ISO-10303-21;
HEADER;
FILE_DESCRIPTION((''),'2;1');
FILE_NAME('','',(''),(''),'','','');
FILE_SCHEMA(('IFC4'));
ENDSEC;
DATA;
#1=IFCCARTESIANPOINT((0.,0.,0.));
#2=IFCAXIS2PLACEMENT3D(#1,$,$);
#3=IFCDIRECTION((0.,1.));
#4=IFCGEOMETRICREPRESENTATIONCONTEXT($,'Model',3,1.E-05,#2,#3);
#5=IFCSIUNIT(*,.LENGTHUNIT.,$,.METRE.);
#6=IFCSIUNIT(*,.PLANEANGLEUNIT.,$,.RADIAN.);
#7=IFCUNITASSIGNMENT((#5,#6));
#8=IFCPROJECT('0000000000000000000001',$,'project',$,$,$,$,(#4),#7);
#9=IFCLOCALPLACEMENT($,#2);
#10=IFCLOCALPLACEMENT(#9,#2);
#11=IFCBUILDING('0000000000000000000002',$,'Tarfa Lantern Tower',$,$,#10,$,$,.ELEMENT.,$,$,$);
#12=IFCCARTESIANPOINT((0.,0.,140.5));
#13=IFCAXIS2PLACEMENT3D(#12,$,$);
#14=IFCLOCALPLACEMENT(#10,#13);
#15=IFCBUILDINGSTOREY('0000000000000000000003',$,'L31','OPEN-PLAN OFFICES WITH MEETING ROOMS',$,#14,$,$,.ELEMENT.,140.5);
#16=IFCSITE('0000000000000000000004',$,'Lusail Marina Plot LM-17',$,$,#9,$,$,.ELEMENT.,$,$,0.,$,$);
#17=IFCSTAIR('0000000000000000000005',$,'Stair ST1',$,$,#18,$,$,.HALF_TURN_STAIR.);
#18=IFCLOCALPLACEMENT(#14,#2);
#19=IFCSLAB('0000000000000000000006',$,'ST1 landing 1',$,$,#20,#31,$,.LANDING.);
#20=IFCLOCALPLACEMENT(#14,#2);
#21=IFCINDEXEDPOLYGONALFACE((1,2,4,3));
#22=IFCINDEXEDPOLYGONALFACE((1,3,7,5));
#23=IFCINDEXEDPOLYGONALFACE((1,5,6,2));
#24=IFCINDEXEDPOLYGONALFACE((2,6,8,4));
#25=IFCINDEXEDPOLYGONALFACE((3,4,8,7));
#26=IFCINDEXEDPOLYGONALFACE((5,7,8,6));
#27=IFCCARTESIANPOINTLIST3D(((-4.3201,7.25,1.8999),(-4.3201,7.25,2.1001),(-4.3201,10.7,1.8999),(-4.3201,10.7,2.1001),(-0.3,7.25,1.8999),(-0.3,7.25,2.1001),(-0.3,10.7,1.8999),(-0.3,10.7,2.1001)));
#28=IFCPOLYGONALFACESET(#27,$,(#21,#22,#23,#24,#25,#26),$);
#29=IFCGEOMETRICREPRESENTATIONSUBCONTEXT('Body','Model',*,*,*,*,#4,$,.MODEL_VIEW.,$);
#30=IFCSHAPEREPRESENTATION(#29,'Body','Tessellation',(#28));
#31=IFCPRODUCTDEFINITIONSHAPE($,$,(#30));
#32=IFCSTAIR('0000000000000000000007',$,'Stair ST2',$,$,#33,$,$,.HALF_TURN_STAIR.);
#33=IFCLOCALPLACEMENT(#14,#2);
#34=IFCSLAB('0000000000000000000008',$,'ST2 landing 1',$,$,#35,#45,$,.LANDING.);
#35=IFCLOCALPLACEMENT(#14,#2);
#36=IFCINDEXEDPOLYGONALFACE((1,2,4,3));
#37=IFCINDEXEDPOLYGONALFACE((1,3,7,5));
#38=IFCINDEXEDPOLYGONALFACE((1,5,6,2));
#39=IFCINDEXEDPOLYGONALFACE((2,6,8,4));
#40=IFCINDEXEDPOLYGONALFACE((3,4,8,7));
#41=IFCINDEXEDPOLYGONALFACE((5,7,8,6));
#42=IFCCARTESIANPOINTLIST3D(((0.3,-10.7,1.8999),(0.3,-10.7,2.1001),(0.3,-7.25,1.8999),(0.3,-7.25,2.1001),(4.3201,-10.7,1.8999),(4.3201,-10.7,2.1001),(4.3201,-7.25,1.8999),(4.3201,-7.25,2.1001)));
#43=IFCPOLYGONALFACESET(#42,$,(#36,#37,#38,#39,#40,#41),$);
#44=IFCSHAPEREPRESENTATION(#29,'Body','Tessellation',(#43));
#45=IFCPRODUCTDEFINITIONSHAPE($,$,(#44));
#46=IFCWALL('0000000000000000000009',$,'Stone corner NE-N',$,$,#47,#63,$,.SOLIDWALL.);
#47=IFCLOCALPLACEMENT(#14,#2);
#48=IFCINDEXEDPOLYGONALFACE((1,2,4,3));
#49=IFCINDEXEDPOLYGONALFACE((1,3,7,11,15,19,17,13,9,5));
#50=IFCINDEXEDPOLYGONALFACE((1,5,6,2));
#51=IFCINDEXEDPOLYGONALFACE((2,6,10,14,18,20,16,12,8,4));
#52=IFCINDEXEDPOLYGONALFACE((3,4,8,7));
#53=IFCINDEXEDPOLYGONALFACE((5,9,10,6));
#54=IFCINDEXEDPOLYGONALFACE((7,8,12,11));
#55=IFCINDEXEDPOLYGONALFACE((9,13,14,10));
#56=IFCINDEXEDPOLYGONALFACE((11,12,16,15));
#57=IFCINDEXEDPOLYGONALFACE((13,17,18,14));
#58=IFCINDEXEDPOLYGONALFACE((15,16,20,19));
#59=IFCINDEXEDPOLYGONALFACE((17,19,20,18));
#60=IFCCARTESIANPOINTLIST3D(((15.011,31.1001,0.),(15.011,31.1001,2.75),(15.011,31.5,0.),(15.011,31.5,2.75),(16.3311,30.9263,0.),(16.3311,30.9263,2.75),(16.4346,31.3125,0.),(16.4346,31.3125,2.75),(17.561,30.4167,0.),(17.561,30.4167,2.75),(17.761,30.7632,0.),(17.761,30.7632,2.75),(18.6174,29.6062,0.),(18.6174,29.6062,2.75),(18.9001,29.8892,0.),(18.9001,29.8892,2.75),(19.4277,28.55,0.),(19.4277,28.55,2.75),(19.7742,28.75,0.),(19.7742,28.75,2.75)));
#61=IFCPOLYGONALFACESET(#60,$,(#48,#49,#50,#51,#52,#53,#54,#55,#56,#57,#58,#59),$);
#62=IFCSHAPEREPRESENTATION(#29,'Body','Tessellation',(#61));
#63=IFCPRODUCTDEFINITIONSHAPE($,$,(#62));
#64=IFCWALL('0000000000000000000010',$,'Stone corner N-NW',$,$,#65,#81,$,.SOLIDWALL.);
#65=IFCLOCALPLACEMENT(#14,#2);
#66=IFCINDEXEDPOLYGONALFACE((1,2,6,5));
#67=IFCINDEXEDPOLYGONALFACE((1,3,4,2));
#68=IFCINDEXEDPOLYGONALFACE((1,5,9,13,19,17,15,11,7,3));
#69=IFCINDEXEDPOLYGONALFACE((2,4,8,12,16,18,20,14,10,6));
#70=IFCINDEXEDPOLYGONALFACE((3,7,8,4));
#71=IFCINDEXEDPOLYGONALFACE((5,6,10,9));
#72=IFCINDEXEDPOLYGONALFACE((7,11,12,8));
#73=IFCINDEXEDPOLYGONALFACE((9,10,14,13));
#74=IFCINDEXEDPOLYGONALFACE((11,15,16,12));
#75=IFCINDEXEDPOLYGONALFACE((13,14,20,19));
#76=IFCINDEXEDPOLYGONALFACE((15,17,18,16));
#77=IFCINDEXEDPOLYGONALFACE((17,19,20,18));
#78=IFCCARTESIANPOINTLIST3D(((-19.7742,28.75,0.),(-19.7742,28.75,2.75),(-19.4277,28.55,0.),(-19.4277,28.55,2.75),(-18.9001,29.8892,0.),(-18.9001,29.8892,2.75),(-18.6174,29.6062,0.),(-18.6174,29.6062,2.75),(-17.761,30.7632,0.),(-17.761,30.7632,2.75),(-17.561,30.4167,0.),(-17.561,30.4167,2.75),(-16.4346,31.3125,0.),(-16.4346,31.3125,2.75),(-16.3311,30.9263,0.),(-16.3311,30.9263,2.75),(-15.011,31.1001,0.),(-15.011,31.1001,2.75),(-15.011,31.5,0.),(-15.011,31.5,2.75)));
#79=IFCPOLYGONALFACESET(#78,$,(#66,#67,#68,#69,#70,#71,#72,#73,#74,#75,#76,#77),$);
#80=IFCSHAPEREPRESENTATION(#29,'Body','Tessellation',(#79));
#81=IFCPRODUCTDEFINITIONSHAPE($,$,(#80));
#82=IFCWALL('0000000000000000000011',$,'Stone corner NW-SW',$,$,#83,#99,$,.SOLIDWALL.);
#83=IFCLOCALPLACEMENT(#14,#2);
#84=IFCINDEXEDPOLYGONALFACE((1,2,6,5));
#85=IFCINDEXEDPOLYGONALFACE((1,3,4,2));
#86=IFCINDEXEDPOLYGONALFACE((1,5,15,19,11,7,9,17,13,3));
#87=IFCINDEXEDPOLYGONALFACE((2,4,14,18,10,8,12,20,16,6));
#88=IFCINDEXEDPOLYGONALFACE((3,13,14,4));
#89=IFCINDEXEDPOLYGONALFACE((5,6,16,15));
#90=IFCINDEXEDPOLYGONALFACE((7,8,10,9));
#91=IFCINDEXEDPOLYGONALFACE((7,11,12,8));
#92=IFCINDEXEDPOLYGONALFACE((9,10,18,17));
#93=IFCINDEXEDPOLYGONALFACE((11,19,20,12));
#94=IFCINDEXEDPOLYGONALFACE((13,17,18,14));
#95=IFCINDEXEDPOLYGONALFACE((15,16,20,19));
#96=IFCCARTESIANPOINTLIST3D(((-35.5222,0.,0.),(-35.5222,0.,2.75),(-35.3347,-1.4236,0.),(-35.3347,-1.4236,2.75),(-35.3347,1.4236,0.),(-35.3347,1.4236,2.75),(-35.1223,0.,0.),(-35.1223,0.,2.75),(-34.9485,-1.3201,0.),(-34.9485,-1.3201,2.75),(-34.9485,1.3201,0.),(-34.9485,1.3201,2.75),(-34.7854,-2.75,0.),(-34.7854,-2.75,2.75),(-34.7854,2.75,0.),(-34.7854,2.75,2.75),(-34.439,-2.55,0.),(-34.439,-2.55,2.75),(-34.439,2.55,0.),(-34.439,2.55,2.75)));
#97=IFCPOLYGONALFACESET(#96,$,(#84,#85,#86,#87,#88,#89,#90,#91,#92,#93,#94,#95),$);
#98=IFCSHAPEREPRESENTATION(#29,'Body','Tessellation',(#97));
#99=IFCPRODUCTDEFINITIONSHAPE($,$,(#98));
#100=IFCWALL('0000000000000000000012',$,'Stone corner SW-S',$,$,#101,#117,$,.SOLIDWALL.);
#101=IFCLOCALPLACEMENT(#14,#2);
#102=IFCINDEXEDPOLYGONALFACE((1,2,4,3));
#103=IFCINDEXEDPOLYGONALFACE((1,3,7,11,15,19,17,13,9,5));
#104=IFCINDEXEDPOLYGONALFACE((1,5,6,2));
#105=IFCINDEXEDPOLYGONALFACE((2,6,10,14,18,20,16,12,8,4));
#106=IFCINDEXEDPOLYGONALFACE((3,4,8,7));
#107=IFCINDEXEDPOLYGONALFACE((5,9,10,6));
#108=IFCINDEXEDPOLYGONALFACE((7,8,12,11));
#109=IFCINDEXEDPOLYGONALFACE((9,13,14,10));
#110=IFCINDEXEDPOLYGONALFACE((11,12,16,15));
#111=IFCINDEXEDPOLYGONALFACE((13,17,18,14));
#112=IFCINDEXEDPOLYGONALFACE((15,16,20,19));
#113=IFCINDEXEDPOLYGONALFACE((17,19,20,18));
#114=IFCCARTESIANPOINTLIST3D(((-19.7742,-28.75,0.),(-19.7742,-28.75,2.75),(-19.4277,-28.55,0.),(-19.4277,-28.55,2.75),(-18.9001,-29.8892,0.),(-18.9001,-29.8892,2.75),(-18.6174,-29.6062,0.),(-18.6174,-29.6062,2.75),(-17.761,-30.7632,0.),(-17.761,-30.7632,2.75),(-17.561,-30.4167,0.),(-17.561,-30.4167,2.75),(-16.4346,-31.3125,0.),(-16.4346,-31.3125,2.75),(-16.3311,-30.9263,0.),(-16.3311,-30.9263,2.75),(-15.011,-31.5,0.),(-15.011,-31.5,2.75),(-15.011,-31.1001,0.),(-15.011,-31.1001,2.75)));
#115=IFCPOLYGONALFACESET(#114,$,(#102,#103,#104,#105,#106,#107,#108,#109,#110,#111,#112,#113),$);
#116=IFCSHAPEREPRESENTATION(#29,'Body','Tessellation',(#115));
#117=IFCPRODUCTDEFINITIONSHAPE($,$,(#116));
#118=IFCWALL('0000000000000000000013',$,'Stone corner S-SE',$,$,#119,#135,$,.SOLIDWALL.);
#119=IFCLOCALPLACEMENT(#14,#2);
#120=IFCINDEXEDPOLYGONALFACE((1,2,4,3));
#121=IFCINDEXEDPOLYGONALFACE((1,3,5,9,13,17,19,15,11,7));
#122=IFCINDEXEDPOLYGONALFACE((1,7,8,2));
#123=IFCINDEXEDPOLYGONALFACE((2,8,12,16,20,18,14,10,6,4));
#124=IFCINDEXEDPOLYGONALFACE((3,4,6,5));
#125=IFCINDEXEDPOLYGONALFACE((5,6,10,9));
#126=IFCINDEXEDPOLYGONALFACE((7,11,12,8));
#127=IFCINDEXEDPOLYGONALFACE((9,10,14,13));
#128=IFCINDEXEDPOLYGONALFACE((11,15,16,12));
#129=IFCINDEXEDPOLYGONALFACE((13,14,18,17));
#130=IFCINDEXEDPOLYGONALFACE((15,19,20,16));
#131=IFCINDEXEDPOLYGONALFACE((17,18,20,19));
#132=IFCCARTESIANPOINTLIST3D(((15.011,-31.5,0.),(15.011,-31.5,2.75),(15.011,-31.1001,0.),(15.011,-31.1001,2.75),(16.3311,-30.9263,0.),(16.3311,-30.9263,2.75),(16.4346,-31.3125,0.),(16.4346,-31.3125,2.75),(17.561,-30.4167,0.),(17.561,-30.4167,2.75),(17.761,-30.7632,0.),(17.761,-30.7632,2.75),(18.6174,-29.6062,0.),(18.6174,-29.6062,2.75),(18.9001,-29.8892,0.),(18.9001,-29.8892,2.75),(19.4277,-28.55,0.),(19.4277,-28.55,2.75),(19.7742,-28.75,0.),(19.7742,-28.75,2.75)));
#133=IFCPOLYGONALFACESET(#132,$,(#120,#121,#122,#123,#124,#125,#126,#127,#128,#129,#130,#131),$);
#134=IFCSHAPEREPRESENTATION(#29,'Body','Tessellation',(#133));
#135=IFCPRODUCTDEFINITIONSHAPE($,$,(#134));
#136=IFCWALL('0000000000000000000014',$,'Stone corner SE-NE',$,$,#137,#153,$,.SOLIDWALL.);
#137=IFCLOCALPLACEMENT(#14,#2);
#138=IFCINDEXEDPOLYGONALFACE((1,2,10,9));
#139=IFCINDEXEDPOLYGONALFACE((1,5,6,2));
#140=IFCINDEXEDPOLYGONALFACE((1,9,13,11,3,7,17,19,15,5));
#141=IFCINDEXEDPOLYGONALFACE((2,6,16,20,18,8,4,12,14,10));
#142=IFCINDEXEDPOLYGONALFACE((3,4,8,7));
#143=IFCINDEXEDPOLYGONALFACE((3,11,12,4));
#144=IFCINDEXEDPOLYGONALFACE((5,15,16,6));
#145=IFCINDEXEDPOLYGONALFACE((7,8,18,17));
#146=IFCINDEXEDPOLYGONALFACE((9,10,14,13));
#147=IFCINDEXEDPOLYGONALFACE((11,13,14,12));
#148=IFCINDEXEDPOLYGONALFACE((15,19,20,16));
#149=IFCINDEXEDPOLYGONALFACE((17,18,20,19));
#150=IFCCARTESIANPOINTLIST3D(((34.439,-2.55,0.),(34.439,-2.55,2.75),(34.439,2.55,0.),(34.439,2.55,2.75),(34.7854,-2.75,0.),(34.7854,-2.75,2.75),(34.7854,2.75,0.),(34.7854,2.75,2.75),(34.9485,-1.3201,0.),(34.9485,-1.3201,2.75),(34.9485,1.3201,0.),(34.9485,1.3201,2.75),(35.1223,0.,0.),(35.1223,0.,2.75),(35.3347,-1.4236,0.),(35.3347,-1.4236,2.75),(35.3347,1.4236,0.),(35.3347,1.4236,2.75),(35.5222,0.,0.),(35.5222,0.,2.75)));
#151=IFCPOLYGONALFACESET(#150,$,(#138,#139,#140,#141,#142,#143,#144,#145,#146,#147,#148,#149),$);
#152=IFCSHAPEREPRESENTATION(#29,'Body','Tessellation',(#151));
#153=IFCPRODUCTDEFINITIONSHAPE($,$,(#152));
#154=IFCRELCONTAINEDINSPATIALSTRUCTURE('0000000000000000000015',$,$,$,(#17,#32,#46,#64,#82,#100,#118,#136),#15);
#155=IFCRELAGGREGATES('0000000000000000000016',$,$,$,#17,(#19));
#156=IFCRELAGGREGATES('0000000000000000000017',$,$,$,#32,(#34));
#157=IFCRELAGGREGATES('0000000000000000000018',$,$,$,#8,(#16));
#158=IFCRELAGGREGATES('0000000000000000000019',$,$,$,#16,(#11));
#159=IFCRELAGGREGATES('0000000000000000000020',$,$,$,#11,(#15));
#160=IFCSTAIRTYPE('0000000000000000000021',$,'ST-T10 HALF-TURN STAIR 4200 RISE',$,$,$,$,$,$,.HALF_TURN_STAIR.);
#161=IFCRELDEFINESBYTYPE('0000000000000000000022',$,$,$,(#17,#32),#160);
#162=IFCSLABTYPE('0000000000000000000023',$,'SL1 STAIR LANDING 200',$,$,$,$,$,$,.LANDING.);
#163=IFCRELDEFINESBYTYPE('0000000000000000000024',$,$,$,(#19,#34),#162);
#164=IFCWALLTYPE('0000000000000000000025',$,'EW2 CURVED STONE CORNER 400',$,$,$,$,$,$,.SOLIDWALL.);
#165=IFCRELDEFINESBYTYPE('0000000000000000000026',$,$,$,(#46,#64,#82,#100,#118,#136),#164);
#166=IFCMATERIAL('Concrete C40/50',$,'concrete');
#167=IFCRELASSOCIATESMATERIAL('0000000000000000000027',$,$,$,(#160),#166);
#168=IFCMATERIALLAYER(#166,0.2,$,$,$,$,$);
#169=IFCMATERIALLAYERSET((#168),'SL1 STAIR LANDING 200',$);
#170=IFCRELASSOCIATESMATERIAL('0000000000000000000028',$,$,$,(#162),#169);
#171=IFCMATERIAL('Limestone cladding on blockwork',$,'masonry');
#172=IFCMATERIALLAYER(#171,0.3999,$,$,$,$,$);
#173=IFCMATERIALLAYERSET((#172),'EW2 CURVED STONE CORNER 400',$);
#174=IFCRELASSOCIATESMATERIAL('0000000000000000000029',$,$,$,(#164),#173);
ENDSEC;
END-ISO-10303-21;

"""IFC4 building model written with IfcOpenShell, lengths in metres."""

from ifc_helpers import new_model, si_unit, direction, frame, origin, place, context, subcontext, project, spatial, polyline, outline, extrude, material, layer, layer_set, type_object, element, aggregate, save


model = new_model("IFC4")

# Units and contexts
model_context = context("Model", 3, precision=1e-05, world=origin(), true_north=direction((0.0, 1.0)))
body_context = subcontext(model_context, "Body", "Model", "MODEL_VIEW")
ifc_project = project(units=[si_unit("LENGTHUNIT", "METRE"), si_unit("PLANEANGLEUNIT", "RADIAN")], contexts=[model_context])

# Site, building, storey
site_placement = place(None, origin())
site = spatial("IfcSite", under=ifc_project, at=site_placement, Name="Lusail Marina Plot LM-17", CompositionType="ELEMENT", RefElevation=0.0)
building_placement = place(site_placement, origin())
building = spatial("IfcBuilding", under=site, at=building_placement, Name="Tarfa Lantern Tower", CompositionType="ELEMENT")
storey_placement = place(building_placement, frame((0.0, 0.0, 140.5)))
storey = spatial("IfcBuildingStorey", under=building, at=storey_placement, Name="L31", Description="OPEN-PLAN OFFICES WITH MEETING ROOMS", CompositionType="ELEMENT", Elevation=140.5)

# Shared definitions
ifc_material_1 = material(Name="Concrete C40/50", Category="concrete")

# Stairs, slabs
stair_type = type_object("IfcStairType", Name="ST-T10 HALF-TURN STAIR 4200 RISE", PredefinedType="HALF_TURN_STAIR", material=ifc_material_1)
stair_1_placement = place(storey_placement, origin())
stair_1 = element("IfcStair", 1, at=stair_1_placement, inside=storey, type_object=stair_type, Name="Stair ST1", PredefinedType="HALF_TURN_STAIR")
ifc_layer_1 = layer(ifc_material_1, 0.2)
ifc_layer_set_1 = layer_set([ifc_layer_1], Name="SL1 STAIR LANDING 200")
slab_type_1 = type_object("IfcSlabType", Name="SL1 STAIR LANDING 200", PredefinedType="LANDING", material=ifc_layer_set_1)
slab_1_placement = place(storey_placement, frame((0.0, 0.0, 1.8999)))
slab_1 = element("IfcSlab", 2, at=slab_1_placement, type_object=slab_type_1, Name="ST1 landing 1", PredefinedType="LANDING", context=body_context, shape_type="SweptSolid", body=[
    extrude(outline(polyline([(-4.3201, 7.25), (-0.3, 7.25), (-0.3, 10.7), (-4.3201, 10.7), (-4.3201, 7.25)])), origin(), (0.0, 0.0, 1.0), 0.2002),
])
aggregate(stair_1, [slab_1])
stair_2_placement = place(storey_placement, origin())
stair_2 = element("IfcStair", 3, at=stair_2_placement, inside=storey, type_object=stair_type, Name="Stair ST2", PredefinedType="HALF_TURN_STAIR")
slab_2_placement = place(storey_placement, frame((0.0, 0.0, 1.8999)))
slab_2 = element("IfcSlab", 4, at=slab_2_placement, type_object=slab_type_1, Name="ST2 landing 1", PredefinedType="LANDING", context=body_context, shape_type="SweptSolid", body=[
    extrude(outline(polyline([(4.3201, -7.25), (0.3, -7.25), (0.3, -10.7), (4.3201, -10.7), (4.3201, -7.25)])), origin(), (0.0, 0.0, 1.0), 0.2002),
])
aggregate(stair_2, [slab_2])

# Walls
ifc_material_2 = material(Name="Limestone cladding on blockwork", Category="masonry")
ifc_layer_2 = layer(ifc_material_2, 0.3999)
ifc_layer_set_2 = layer_set([ifc_layer_2], Name="EW2 CURVED STONE CORNER 400")
wall_type_1 = type_object("IfcWallType", Name="EW2 CURVED STONE CORNER 400", PredefinedType="SOLIDWALL", material=ifc_layer_set_2)
wall_1_placement = place(storey_placement, origin())
element("IfcWall", 5, at=wall_1_placement, inside=storey, type_object=wall_type_1, Name="Stone corner NE-N", PredefinedType="SOLIDWALL", context=body_context, shape_type="SweptSolid", body=[
    extrude(outline(polyline([(19.7742, 28.75), (18.9001, 29.8892), (17.761, 30.7632), (16.4346, 31.3125), (15.011, 31.5), (15.011, 31.1001), (16.3311, 30.9263), (17.561, 30.4167), (18.6174, 29.6062), (19.4277, 28.55), (19.7742, 28.75)])), origin(), (0.0, 0.0, 1.0), 2.75),
])
wall_2_placement = place(storey_placement, origin())
element("IfcWall", 6, at=wall_2_placement, inside=storey, type_object=wall_type_1, Name="Stone corner N-NW", PredefinedType="SOLIDWALL", context=body_context, shape_type="SweptSolid", body=[
    extrude(outline(polyline([(-15.011, 31.5), (-16.4346, 31.3125), (-17.761, 30.7632), (-18.9001, 29.8892), (-19.7742, 28.75), (-19.4277, 28.55), (-18.6174, 29.6062), (-17.561, 30.4167), (-16.3311, 30.9263), (-15.011, 31.1001), (-15.011, 31.5)])), origin(), (0.0, 0.0, 1.0), 2.75),
])
wall_3_placement = place(storey_placement, origin())
element("IfcWall", 7, at=wall_3_placement, inside=storey, type_object=wall_type_1, Name="Stone corner NW-SW", PredefinedType="SOLIDWALL", context=body_context, shape_type="SweptSolid", body=[
    extrude(outline(polyline([(-34.7854, 2.75), (-35.3347, 1.4236), (-35.5222, 0.0), (-35.3347, -1.4236), (-34.7854, -2.75), (-34.439, -2.55), (-34.9485, -1.3201), (-35.1223, 0.0), (-34.9485, 1.3201), (-34.439, 2.55), (-34.7854, 2.75)])), origin(), (0.0, 0.0, 1.0), 2.75),
])
wall_4_placement = place(storey_placement, origin())
element("IfcWall", 8, at=wall_4_placement, inside=storey, type_object=wall_type_1, Name="Stone corner SW-S", PredefinedType="SOLIDWALL", context=body_context, shape_type="SweptSolid", body=[
    extrude(outline(polyline([(-19.7742, -28.75), (-18.9001, -29.8892), (-17.761, -30.7632), (-16.4346, -31.3125), (-15.011, -31.5), (-15.011, -31.1001), (-16.3311, -30.9263), (-17.561, -30.4167), (-18.6174, -29.6062), (-19.4277, -28.55), (-19.7742, -28.75)])), origin(), (0.0, 0.0, 1.0), 2.75),
])
wall_5_placement = place(storey_placement, origin())
element("IfcWall", 9, at=wall_5_placement, inside=storey, type_object=wall_type_1, Name="Stone corner S-SE", PredefinedType="SOLIDWALL", context=body_context, shape_type="SweptSolid", body=[
    extrude(outline(polyline([(15.011, -31.5), (16.4346, -31.3125), (17.761, -30.7632), (18.9001, -29.8892), (19.7742, -28.75), (19.4277, -28.55), (18.6174, -29.6062), (17.561, -30.4167), (16.3311, -30.9263), (15.011, -31.1001), (15.011, -31.5)])), origin(), (0.0, 0.0, 1.0), 2.75),
])
wall_6_placement = place(storey_placement, origin())
element("IfcWall", 10, at=wall_6_placement, inside=storey, type_object=wall_type_1, Name="Stone corner SE-NE", PredefinedType="SOLIDWALL", context=body_context, shape_type="SweptSolid", body=[
    extrude(outline(polyline([(34.7854, -2.75), (35.3347, -1.4236), (35.5222, 0.0), (35.3347, 1.4236), (34.7854, 2.75), (34.439, 2.55), (34.9485, 1.3201), (35.1223, 0.0), (34.9485, -1.3201), (34.439, -2.55), (34.7854, -2.75)])), origin(), (0.0, 0.0, 1.0), 2.75),
])

save(model, "model.ifc")
